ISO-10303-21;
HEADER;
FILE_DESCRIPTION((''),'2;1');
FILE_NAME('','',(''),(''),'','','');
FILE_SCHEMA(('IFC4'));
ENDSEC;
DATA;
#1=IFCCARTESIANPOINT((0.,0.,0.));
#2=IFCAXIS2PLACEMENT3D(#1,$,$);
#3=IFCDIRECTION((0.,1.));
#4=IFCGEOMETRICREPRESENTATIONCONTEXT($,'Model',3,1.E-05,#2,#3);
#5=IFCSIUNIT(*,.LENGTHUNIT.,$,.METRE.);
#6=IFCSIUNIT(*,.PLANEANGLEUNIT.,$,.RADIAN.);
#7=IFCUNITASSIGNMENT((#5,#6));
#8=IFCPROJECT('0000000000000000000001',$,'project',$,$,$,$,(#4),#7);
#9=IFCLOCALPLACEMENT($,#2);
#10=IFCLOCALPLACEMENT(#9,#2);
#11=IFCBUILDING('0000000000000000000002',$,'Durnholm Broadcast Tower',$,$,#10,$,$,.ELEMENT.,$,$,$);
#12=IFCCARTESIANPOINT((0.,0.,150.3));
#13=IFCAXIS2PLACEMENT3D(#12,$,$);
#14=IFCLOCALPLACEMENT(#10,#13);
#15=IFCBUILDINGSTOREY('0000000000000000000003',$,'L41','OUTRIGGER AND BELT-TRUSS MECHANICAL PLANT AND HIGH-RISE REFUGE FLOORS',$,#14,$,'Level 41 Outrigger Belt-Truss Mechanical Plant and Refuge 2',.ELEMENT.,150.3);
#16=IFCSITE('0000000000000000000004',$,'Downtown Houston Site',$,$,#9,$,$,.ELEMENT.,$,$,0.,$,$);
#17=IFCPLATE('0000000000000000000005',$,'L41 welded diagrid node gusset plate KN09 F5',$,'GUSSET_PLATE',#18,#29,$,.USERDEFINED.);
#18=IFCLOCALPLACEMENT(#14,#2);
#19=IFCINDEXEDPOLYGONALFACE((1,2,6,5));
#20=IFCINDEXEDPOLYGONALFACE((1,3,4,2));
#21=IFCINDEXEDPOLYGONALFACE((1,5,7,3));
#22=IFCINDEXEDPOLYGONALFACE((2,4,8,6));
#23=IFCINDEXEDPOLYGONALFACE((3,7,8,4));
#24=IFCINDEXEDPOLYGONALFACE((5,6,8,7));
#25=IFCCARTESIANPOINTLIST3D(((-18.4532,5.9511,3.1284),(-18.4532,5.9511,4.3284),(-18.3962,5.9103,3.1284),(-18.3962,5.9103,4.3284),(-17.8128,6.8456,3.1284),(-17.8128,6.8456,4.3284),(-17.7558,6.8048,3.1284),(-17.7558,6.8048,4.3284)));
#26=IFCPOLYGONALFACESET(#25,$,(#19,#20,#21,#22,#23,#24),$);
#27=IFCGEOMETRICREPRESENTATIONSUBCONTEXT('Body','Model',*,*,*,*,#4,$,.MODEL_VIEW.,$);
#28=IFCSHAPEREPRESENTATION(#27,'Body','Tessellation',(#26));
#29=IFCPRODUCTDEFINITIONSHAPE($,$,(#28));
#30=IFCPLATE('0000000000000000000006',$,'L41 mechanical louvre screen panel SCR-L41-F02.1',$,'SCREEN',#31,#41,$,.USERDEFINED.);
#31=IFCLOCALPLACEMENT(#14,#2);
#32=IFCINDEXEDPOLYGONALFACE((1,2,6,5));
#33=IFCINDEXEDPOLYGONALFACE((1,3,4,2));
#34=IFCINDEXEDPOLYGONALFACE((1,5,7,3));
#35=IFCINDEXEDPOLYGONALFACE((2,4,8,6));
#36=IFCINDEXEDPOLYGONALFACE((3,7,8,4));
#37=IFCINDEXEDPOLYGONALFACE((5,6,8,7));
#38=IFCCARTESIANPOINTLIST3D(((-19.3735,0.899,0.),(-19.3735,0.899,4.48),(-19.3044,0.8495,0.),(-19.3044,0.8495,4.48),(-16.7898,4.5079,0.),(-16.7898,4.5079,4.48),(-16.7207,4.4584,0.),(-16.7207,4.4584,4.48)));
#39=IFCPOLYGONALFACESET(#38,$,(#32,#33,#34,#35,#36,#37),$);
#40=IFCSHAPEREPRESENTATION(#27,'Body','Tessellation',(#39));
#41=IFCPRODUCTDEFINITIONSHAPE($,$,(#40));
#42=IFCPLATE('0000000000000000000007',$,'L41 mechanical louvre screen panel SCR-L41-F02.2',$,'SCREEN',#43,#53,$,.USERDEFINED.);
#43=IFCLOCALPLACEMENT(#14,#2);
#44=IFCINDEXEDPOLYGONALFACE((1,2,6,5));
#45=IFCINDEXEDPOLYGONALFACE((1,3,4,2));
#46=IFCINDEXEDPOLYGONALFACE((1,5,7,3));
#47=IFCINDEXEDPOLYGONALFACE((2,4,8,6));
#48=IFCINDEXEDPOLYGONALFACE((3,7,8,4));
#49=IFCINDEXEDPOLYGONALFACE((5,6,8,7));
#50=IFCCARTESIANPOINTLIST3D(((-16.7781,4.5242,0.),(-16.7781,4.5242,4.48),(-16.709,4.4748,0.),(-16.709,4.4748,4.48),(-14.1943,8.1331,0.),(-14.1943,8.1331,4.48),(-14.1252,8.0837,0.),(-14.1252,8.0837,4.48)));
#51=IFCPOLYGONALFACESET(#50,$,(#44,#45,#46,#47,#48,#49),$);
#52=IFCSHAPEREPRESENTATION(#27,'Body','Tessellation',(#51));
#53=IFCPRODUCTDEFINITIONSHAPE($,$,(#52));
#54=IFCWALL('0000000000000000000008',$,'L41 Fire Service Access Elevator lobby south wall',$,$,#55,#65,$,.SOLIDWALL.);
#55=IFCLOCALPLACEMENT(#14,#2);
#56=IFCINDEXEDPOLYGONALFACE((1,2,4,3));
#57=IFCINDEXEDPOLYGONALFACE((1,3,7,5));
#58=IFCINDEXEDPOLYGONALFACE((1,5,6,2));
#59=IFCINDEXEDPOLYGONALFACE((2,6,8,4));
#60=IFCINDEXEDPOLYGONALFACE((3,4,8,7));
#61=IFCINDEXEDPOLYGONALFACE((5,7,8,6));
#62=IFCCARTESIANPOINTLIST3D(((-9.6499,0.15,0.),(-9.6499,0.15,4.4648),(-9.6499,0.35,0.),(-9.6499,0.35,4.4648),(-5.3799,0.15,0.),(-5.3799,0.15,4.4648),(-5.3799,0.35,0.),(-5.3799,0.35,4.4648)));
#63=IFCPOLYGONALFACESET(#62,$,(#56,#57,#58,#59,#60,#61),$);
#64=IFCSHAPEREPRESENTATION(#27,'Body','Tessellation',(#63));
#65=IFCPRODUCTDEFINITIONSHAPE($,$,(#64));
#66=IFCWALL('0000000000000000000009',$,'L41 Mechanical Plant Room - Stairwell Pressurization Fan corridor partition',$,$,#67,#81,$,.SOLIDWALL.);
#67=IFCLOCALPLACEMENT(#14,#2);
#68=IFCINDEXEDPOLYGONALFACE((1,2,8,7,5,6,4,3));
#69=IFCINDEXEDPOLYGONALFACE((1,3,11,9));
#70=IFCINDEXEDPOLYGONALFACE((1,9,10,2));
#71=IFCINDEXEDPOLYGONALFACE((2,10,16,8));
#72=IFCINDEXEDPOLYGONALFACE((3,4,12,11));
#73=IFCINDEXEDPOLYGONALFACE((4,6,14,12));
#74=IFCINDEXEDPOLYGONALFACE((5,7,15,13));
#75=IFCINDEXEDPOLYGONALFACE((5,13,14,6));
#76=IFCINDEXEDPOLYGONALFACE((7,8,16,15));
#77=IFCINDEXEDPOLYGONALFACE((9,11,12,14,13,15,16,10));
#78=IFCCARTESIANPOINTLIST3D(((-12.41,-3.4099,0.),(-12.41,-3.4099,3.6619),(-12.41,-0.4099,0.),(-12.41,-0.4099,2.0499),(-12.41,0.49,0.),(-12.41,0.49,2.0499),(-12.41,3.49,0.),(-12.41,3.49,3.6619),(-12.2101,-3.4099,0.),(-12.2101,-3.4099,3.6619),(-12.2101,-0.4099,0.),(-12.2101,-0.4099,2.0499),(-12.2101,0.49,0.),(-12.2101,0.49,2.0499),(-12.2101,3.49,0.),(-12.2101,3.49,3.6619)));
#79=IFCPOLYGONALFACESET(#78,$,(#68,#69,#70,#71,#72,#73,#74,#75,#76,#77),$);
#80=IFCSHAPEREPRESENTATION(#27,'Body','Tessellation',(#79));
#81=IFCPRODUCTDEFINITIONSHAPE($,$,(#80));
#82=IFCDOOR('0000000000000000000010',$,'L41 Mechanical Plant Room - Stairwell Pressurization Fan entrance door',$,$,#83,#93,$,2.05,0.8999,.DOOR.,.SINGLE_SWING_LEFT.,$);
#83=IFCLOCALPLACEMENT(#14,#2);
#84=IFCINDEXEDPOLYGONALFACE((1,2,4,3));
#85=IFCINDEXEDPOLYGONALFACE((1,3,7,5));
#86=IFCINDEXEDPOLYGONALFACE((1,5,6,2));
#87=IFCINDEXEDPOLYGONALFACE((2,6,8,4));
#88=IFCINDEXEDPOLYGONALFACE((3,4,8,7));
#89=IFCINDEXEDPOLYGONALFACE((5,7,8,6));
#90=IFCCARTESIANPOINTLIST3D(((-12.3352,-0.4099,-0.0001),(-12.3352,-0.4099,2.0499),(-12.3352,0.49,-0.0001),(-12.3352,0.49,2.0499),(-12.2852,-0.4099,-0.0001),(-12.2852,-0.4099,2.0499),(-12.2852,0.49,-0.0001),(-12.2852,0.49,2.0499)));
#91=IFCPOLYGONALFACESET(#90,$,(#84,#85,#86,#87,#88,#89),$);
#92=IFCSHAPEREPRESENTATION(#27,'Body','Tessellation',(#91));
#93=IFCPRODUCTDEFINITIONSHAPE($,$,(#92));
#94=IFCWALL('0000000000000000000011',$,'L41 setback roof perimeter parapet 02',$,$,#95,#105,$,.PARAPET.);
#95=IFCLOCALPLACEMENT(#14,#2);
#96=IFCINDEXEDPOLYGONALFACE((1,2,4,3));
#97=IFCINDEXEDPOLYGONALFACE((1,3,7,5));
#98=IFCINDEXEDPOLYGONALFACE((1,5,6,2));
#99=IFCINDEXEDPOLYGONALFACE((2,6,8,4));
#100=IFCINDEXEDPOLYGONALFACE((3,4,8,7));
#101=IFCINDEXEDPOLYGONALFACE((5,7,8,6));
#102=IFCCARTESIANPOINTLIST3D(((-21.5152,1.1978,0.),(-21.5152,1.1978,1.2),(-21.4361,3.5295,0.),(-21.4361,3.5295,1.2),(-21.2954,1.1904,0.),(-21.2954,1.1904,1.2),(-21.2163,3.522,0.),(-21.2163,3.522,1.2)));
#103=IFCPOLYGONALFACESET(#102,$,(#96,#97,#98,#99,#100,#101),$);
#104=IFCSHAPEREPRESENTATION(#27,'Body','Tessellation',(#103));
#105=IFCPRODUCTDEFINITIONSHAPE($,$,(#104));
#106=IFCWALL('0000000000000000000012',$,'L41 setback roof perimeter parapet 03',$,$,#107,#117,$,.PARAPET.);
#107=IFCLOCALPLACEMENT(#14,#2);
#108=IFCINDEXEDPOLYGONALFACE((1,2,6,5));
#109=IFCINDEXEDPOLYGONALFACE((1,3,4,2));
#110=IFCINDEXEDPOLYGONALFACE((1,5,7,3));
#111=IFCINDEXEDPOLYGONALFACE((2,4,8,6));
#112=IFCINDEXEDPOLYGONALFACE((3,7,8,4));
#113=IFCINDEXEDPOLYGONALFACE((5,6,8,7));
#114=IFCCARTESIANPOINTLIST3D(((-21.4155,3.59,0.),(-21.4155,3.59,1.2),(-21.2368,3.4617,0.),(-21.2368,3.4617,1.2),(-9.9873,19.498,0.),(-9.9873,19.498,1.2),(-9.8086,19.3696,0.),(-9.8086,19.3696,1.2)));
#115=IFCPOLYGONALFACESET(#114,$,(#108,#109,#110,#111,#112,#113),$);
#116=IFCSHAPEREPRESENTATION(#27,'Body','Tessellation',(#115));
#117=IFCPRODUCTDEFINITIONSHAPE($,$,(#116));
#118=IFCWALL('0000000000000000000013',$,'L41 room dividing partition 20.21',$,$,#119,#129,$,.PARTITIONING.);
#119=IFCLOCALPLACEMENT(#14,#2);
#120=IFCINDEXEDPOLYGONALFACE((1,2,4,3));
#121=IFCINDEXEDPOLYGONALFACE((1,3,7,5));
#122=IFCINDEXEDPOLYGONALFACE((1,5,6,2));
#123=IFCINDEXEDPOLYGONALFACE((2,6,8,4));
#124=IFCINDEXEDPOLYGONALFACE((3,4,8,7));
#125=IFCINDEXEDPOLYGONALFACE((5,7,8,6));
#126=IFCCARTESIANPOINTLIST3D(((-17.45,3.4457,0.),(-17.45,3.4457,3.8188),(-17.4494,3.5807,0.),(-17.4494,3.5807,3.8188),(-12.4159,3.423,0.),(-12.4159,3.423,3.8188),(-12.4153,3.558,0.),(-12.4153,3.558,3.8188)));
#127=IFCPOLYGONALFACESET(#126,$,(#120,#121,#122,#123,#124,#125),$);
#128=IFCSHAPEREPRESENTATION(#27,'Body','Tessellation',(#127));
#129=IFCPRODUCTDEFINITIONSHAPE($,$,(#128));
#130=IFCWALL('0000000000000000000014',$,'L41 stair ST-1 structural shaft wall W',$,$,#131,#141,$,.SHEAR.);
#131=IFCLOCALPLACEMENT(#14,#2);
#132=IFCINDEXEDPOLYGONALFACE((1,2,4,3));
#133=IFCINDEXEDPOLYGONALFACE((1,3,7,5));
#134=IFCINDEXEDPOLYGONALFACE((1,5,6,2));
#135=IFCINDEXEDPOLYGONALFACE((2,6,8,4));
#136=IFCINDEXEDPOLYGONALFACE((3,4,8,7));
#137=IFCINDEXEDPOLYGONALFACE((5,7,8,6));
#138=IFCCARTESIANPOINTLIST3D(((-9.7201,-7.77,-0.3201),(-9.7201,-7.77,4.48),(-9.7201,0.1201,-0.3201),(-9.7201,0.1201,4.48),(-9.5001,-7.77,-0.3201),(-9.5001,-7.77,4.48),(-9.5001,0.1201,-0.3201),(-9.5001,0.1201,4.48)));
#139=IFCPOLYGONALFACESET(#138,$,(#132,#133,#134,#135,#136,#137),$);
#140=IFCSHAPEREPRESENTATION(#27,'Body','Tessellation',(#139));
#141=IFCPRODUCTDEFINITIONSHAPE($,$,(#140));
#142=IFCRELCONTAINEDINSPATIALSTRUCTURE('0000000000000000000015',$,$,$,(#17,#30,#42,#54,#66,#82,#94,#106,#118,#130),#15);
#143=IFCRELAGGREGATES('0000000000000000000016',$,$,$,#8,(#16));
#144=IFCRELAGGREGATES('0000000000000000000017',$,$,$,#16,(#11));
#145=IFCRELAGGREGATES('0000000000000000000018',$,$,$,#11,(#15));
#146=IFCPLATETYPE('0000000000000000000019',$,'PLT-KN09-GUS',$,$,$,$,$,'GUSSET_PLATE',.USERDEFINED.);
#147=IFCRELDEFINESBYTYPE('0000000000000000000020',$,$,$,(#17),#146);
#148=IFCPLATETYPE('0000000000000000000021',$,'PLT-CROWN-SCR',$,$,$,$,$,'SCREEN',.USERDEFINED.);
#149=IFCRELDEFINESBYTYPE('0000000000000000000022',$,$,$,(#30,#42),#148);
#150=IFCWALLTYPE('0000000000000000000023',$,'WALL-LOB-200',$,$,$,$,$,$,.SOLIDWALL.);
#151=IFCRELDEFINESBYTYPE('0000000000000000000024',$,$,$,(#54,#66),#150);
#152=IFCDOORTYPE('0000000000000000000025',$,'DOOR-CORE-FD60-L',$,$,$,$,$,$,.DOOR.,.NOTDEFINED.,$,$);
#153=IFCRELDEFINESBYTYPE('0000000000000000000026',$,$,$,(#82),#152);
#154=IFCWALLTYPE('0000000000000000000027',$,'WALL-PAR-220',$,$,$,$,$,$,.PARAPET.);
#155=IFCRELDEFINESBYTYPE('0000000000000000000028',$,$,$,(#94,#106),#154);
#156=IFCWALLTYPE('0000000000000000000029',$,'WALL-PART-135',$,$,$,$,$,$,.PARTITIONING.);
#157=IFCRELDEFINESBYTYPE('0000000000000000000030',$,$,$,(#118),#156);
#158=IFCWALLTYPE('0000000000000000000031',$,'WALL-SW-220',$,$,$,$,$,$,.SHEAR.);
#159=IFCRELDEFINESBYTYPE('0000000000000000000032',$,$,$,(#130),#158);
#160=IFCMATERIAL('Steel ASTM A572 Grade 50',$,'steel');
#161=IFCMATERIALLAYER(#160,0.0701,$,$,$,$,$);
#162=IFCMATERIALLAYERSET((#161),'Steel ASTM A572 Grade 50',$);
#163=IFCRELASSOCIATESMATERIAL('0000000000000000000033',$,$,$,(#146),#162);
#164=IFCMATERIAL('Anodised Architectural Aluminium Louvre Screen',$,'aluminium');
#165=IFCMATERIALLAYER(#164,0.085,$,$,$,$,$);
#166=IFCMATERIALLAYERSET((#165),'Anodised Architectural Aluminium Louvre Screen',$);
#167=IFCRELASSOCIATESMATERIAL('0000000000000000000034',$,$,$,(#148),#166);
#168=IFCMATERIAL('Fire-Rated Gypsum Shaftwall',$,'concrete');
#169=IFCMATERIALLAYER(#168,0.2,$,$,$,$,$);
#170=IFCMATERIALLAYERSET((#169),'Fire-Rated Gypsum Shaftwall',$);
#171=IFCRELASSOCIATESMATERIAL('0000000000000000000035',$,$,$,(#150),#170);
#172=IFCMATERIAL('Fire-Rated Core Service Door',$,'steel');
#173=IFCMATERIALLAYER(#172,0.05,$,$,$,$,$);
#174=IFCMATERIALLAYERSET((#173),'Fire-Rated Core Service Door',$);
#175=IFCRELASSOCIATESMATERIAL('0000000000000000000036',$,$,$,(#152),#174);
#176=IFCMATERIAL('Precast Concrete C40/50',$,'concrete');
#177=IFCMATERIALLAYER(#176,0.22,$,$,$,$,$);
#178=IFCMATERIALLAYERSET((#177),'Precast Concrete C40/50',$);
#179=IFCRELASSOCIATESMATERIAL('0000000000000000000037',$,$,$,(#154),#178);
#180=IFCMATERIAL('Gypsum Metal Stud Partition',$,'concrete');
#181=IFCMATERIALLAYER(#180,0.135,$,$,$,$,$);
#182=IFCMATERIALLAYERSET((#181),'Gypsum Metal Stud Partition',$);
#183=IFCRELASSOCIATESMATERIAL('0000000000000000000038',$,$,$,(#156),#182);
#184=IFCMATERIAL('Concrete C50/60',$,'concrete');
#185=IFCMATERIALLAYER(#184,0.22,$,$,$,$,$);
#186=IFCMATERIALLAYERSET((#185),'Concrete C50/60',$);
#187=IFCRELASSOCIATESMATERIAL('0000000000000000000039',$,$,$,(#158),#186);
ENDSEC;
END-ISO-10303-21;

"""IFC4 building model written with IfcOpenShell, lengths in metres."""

from ifc_helpers import new_model, si_unit, direction, frame, frame_2d, origin, origin_2d, place, context, subcontext, project, spatial, rectangle, extrude, source, transform, mapped, material, layer, layer_set, type_object, type_shapes, element, fill, save


model = new_model("IFC4")

# Units and contexts
model_context = context("Model", 3, precision=1e-05, world=origin(), true_north=direction((0.0, 1.0)))
body_context = subcontext(model_context, "Body", "Model", "MODEL_VIEW")
ifc_project = project(units=[si_unit("LENGTHUNIT", "METRE"), si_unit("PLANEANGLEUNIT", "RADIAN")], contexts=[model_context])

# Site, building, storey
site_placement = place(None, origin())
site = spatial("IfcSite", under=ifc_project, at=site_placement, Name="Downtown Houston Site", CompositionType="ELEMENT", RefElevation=0.0)
building_placement = place(site_placement, origin())
building = spatial("IfcBuilding", under=site, at=building_placement, Name="Durnholm Broadcast Tower", CompositionType="ELEMENT")
storey_placement = place(building_placement, frame((0.0, 0.0, 150.3)))
storey = spatial("IfcBuildingStorey", under=building, at=storey_placement, Name="L41", Description="OUTRIGGER AND BELT-TRUSS MECHANICAL PLANT AND HIGH-RISE REFUGE FLOORS", LongName="Level 41 Outrigger Belt-Truss Mechanical Plant and Refuge 2", CompositionType="ELEMENT", Elevation=150.3)

# Plates
ifc_material_1 = material(Name="Steel ASTM A572 Grade 50", Category="steel")
ifc_layer_1 = layer(ifc_material_1, 0.0701)
ifc_layer_set_1 = layer_set([ifc_layer_1], Name="Steel ASTM A572 Grade 50")
plate_type_1 = type_object("IfcPlateType", Name="PLT-KN09-GUS", ElementType="GUSSET_PLATE", PredefinedType="USERDEFINED", material=ifc_layer_set_1)
shared_shape_1 = source(origin(), body_context, "Body", "SweptSolid", [
    extrude(rectangle(XDim=1.1001, YDim=0.0701, at=origin_2d()), origin(), (0.0, 0.0, 1.0), 1.2),
])
type_shapes(plate_type_1, [shared_shape_1])
plate_placement = place(storey_placement, frame((-18.1045, 6.3779, 3.1284), z_axis=(0.0, 0.0, 1.0), x_axis=(-0.582123, -0.813101, 0.0)))
element("IfcPlate", 1, at=plate_placement, inside=storey, type_object=plate_type_1, Name="L41 welded diagrid node gusset plate KN09 F5", ObjectType="GUSSET_PLATE", PredefinedType="USERDEFINED", context=body_context, shape_type="MappedRepresentation", body=[
    mapped(shared_shape_1, transform((0.0, 0.0, 0.0), x_axis=(1.0, 0.0, 0.0), y_axis=(0.0, 1.0, 0.0), z_axis=(0.0, 0.0, 1.0), scale=1.0)),
])
ifc_material_2 = material(Name="Anodised Architectural Aluminium Louvre Screen", Category="aluminium")
ifc_layer_2 = layer(ifc_material_2, 0.085)
ifc_layer_set_2 = layer_set([ifc_layer_2], Name="Anodised Architectural Aluminium Louvre Screen")
plate_type_2 = type_object("IfcPlateType", Name="PLT-CROWN-SCR", ElementType="SCREEN", PredefinedType="USERDEFINED", material=ifc_layer_set_2)
shared_shape_2 = source(origin(), body_context, "Body", "SweptSolid", [
    extrude(rectangle(XDim=4.4385, YDim=0.085, at=origin_2d()), origin(), (0.0, 0.0, 1.0), 4.48),
])
type_shapes(plate_type_2, [shared_shape_2])
for number, where, z_axis, x_axis, name in (
    (2, (-18.0471, 2.6787, 0.0), (0.0, 0.0, 1.0), (0.582123, 0.813101, 0.0), "L41 mechanical louvre screen panel SCR-L41-F02.1"),
    (3, (-15.4517, 6.304, 0.0), (0.0, 0.0, 1.0), (0.582123, 0.813101, 0.0), "L41 mechanical louvre screen panel SCR-L41-F02.2"),
):
    element("IfcPlate", number, at=place(storey_placement, frame(where, z_axis=z_axis, x_axis=x_axis)), inside=storey, type_object=plate_type_2, Name=name, ObjectType="SCREEN", PredefinedType="USERDEFINED", context=body_context, shape_type="MappedRepresentation", body=[
        mapped(shared_shape_2, transform((0.0, 0.0, 0.0), x_axis=(1.0, 0.0, 0.0), y_axis=(0.0, 1.0, 0.0), z_axis=(0.0, 0.0, 1.0), scale=1.0)),
    ])

# Wall
ifc_material_3 = material(Name="Fire-Rated Gypsum Shaftwall", Category="concrete")
ifc_layer_3 = layer(ifc_material_3, 0.2)
ifc_layer_set_3 = layer_set([ifc_layer_3], Name="Fire-Rated Gypsum Shaftwall")
wall_type_1 = type_object("IfcWallType", Name="WALL-LOB-200", PredefinedType="SOLIDWALL", material=ifc_layer_set_3)
wall_1_placement = place(storey_placement, frame((-9.6499, 0.25, 0.0), z_axis=(0.0, 0.0, 1.0), x_axis=(1.0, 0.0, 0.0)))
element("IfcWall", 4, at=wall_1_placement, inside=storey, type_object=wall_type_1, Name="L41 Fire Service Access Elevator lobby south wall", PredefinedType="SOLIDWALL", context=body_context, shape_type="SweptSolid", body=[
    extrude(rectangle(XDim=4.27, YDim=0.2, at=frame_2d((2.135, 0.0))), origin(), (0.0, 0.0, 1.0), 4.4648),
])

# Wall, opening, door
wall_2_placement = place(storey_placement, frame((-12.3101, 3.49, 0.0), z_axis=(0.0, 0.0, 1.0), x_axis=(0.0, -1.0, 0.0)))
wall_2 = element("IfcWall", 5, at=wall_2_placement, inside=storey, type_object=wall_type_1, Name="L41 Mechanical Plant Room - Stairwell Pressurization Fan corridor partition", PredefinedType="SOLIDWALL", context=body_context, shape_type="SweptSolid", body=[
    extrude(rectangle(XDim=6.8999, YDim=0.2, at=frame_2d((3.45, 0.0))), origin(), (0.0, 0.0, 1.0), 3.6619),
])
opening_1_placement = place(wall_2_placement, frame((3.0, 0.0, 0.0)))
opening_1 = element("IfcOpeningElement", 6, at=opening_1_placement, cuts=wall_2, PredefinedType="OPENING", context=body_context, shape_type="SweptSolid", body=[
    extrude(rectangle(XDim=0.8999, YDim=2.05, at=frame_2d((0.45, 1.0249))), frame((0.0, 0.1099, 0.0), z_axis=(0.0, -1.0, 0.0), x_axis=(1.0, 0.0, 0.0)), (0.0, 0.0, 1.0), 0.22),
])
ifc_material_4 = material(Name="Fire-Rated Core Service Door", Category="steel")
ifc_layer_4 = layer(ifc_material_4, 0.05)
ifc_layer_set_4 = layer_set([ifc_layer_4], Name="Fire-Rated Core Service Door")
door_type_1 = type_object("IfcDoorType", Name="DOOR-CORE-FD60-L", OperationType="NOTDEFINED", PredefinedType="DOOR", material=ifc_layer_set_4)
shared_shape_3 = source(origin(), body_context, "Body", "SweptSolid", [
    extrude(rectangle(XDim=0.8999, YDim=2.05, at=frame_2d((0.45, 1.0249))), frame((0.0, 0.0249, 0.0), z_axis=(0.0, -1.0, 0.0), x_axis=(1.0, 0.0, 0.0)), (0.0, 0.0, 1.0), 0.05),
])
type_shapes(door_type_1, [shared_shape_3])
door_1_placement = place(opening_1_placement, origin())
door_1 = element("IfcDoor", 7, at=door_1_placement, inside=storey, type_object=door_type_1, Name="L41 Mechanical Plant Room - Stairwell Pressurization Fan entrance door", OperationType="SINGLE_SWING_LEFT", OverallHeight=2.05, OverallWidth=0.8999, PredefinedType="DOOR", context=body_context, shape_type="MappedRepresentation", body=[
    mapped(shared_shape_3, transform((0.0, 0.0, 0.0), x_axis=(1.0, 0.0, 0.0), y_axis=(0.0, 1.0, 0.0), z_axis=(0.0, 0.0, 1.0), scale=1.0)),
])
fill(opening_1, door_1)

# Walls
ifc_material_5 = material(Name="Precast Concrete C40/50", Category="concrete")
ifc_layer_5 = layer(ifc_material_5, 0.22)
ifc_layer_set_5 = layer_set([ifc_layer_5], Name="Precast Concrete C40/50")
wall_type_2 = type_object("IfcWallType", Name="WALL-PAR-220", PredefinedType="PARAPET", material=ifc_layer_set_5)
wall_3_placement = place(storey_placement, frame((-21.4053, 1.1941, 0.0), z_axis=(0.0, 0.0, 1.0), x_axis=(0.033904, 0.999425, 0.0)))
element("IfcWall", 8, at=wall_3_placement, inside=storey, type_object=wall_type_2, Name="L41 setback roof perimeter parapet 02", PredefinedType="PARAPET", context=body_context, shape_type="SweptSolid", body=[
    extrude(rectangle(XDim=2.333, YDim=0.22, at=frame_2d((1.1665, 0.0))), origin(), (0.0, 0.0, 1.0), 1.2),
])
wall_4_placement = place(storey_placement, frame((-21.3262, 3.5259, 0.0), z_axis=(0.0, 0.0, 1.0), x_axis=(0.583447, 0.812151, 0.0)))
element("IfcWall", 9, at=wall_4_placement, inside=storey, type_object=wall_type_2, Name="L41 setback roof perimeter parapet 03", PredefinedType="PARAPET", context=body_context, shape_type="SweptSolid", body=[
    extrude(rectangle(XDim=19.5874, YDim=0.22, at=frame_2d((9.7937, 0.0))), origin(), (0.0, 0.0, 1.0), 1.2),
])
ifc_material_6 = material(Name="Gypsum Metal Stud Partition", Category="concrete")
ifc_layer_6 = layer(ifc_material_6, 0.135)
ifc_layer_set_6 = layer_set([ifc_layer_6], Name="Gypsum Metal Stud Partition")
wall_type_3 = type_object("IfcWallType", Name="WALL-PART-135", PredefinedType="PARTITIONING", material=ifc_layer_set_6)
wall_5_placement = place(storey_placement, frame((-17.4497, 3.5132, 0.0), z_axis=(0.0, 0.0, 1.0), x_axis=(0.99999, -0.00451, 0.0)))
element("IfcWall", 10, at=wall_5_placement, inside=storey, type_object=wall_type_3, Name="L41 room dividing partition 20.21", PredefinedType="PARTITIONING", context=body_context, shape_type="SweptSolid", body=[
    extrude(rectangle(XDim=5.0342, YDim=0.135, at=frame_2d((2.5171, 0.0))), origin(), (0.0, 0.0, 1.0), 3.8188),
])

# Wall
ifc_material_7 = material(Name="Concrete C50/60", Category="concrete")
ifc_layer_7 = layer(ifc_material_7, 0.22)
ifc_layer_set_7 = layer_set([ifc_layer_7], Name="Concrete C50/60")
wall_type_4 = type_object("IfcWallType", Name="WALL-SW-220", PredefinedType="SHEAR", material=ifc_layer_set_7)
wall_6_placement = place(storey_placement, frame((-9.6101, 0.1201, -0.3201), z_axis=(0.0, 0.0, 1.0), x_axis=(0.0, -1.0, 0.0)))
element("IfcWall", 11, at=wall_6_placement, inside=storey, type_object=wall_type_4, Name="L41 stair ST-1 structural shaft wall W", PredefinedType="SHEAR", context=body_context, shape_type="SweptSolid", body=[
    extrude(rectangle(XDim=7.8901, YDim=0.22, at=frame_2d((3.9451, 0.0))), origin(), (0.0, 0.0, 1.0), 4.8),
])

save(model, "model.ifc")
